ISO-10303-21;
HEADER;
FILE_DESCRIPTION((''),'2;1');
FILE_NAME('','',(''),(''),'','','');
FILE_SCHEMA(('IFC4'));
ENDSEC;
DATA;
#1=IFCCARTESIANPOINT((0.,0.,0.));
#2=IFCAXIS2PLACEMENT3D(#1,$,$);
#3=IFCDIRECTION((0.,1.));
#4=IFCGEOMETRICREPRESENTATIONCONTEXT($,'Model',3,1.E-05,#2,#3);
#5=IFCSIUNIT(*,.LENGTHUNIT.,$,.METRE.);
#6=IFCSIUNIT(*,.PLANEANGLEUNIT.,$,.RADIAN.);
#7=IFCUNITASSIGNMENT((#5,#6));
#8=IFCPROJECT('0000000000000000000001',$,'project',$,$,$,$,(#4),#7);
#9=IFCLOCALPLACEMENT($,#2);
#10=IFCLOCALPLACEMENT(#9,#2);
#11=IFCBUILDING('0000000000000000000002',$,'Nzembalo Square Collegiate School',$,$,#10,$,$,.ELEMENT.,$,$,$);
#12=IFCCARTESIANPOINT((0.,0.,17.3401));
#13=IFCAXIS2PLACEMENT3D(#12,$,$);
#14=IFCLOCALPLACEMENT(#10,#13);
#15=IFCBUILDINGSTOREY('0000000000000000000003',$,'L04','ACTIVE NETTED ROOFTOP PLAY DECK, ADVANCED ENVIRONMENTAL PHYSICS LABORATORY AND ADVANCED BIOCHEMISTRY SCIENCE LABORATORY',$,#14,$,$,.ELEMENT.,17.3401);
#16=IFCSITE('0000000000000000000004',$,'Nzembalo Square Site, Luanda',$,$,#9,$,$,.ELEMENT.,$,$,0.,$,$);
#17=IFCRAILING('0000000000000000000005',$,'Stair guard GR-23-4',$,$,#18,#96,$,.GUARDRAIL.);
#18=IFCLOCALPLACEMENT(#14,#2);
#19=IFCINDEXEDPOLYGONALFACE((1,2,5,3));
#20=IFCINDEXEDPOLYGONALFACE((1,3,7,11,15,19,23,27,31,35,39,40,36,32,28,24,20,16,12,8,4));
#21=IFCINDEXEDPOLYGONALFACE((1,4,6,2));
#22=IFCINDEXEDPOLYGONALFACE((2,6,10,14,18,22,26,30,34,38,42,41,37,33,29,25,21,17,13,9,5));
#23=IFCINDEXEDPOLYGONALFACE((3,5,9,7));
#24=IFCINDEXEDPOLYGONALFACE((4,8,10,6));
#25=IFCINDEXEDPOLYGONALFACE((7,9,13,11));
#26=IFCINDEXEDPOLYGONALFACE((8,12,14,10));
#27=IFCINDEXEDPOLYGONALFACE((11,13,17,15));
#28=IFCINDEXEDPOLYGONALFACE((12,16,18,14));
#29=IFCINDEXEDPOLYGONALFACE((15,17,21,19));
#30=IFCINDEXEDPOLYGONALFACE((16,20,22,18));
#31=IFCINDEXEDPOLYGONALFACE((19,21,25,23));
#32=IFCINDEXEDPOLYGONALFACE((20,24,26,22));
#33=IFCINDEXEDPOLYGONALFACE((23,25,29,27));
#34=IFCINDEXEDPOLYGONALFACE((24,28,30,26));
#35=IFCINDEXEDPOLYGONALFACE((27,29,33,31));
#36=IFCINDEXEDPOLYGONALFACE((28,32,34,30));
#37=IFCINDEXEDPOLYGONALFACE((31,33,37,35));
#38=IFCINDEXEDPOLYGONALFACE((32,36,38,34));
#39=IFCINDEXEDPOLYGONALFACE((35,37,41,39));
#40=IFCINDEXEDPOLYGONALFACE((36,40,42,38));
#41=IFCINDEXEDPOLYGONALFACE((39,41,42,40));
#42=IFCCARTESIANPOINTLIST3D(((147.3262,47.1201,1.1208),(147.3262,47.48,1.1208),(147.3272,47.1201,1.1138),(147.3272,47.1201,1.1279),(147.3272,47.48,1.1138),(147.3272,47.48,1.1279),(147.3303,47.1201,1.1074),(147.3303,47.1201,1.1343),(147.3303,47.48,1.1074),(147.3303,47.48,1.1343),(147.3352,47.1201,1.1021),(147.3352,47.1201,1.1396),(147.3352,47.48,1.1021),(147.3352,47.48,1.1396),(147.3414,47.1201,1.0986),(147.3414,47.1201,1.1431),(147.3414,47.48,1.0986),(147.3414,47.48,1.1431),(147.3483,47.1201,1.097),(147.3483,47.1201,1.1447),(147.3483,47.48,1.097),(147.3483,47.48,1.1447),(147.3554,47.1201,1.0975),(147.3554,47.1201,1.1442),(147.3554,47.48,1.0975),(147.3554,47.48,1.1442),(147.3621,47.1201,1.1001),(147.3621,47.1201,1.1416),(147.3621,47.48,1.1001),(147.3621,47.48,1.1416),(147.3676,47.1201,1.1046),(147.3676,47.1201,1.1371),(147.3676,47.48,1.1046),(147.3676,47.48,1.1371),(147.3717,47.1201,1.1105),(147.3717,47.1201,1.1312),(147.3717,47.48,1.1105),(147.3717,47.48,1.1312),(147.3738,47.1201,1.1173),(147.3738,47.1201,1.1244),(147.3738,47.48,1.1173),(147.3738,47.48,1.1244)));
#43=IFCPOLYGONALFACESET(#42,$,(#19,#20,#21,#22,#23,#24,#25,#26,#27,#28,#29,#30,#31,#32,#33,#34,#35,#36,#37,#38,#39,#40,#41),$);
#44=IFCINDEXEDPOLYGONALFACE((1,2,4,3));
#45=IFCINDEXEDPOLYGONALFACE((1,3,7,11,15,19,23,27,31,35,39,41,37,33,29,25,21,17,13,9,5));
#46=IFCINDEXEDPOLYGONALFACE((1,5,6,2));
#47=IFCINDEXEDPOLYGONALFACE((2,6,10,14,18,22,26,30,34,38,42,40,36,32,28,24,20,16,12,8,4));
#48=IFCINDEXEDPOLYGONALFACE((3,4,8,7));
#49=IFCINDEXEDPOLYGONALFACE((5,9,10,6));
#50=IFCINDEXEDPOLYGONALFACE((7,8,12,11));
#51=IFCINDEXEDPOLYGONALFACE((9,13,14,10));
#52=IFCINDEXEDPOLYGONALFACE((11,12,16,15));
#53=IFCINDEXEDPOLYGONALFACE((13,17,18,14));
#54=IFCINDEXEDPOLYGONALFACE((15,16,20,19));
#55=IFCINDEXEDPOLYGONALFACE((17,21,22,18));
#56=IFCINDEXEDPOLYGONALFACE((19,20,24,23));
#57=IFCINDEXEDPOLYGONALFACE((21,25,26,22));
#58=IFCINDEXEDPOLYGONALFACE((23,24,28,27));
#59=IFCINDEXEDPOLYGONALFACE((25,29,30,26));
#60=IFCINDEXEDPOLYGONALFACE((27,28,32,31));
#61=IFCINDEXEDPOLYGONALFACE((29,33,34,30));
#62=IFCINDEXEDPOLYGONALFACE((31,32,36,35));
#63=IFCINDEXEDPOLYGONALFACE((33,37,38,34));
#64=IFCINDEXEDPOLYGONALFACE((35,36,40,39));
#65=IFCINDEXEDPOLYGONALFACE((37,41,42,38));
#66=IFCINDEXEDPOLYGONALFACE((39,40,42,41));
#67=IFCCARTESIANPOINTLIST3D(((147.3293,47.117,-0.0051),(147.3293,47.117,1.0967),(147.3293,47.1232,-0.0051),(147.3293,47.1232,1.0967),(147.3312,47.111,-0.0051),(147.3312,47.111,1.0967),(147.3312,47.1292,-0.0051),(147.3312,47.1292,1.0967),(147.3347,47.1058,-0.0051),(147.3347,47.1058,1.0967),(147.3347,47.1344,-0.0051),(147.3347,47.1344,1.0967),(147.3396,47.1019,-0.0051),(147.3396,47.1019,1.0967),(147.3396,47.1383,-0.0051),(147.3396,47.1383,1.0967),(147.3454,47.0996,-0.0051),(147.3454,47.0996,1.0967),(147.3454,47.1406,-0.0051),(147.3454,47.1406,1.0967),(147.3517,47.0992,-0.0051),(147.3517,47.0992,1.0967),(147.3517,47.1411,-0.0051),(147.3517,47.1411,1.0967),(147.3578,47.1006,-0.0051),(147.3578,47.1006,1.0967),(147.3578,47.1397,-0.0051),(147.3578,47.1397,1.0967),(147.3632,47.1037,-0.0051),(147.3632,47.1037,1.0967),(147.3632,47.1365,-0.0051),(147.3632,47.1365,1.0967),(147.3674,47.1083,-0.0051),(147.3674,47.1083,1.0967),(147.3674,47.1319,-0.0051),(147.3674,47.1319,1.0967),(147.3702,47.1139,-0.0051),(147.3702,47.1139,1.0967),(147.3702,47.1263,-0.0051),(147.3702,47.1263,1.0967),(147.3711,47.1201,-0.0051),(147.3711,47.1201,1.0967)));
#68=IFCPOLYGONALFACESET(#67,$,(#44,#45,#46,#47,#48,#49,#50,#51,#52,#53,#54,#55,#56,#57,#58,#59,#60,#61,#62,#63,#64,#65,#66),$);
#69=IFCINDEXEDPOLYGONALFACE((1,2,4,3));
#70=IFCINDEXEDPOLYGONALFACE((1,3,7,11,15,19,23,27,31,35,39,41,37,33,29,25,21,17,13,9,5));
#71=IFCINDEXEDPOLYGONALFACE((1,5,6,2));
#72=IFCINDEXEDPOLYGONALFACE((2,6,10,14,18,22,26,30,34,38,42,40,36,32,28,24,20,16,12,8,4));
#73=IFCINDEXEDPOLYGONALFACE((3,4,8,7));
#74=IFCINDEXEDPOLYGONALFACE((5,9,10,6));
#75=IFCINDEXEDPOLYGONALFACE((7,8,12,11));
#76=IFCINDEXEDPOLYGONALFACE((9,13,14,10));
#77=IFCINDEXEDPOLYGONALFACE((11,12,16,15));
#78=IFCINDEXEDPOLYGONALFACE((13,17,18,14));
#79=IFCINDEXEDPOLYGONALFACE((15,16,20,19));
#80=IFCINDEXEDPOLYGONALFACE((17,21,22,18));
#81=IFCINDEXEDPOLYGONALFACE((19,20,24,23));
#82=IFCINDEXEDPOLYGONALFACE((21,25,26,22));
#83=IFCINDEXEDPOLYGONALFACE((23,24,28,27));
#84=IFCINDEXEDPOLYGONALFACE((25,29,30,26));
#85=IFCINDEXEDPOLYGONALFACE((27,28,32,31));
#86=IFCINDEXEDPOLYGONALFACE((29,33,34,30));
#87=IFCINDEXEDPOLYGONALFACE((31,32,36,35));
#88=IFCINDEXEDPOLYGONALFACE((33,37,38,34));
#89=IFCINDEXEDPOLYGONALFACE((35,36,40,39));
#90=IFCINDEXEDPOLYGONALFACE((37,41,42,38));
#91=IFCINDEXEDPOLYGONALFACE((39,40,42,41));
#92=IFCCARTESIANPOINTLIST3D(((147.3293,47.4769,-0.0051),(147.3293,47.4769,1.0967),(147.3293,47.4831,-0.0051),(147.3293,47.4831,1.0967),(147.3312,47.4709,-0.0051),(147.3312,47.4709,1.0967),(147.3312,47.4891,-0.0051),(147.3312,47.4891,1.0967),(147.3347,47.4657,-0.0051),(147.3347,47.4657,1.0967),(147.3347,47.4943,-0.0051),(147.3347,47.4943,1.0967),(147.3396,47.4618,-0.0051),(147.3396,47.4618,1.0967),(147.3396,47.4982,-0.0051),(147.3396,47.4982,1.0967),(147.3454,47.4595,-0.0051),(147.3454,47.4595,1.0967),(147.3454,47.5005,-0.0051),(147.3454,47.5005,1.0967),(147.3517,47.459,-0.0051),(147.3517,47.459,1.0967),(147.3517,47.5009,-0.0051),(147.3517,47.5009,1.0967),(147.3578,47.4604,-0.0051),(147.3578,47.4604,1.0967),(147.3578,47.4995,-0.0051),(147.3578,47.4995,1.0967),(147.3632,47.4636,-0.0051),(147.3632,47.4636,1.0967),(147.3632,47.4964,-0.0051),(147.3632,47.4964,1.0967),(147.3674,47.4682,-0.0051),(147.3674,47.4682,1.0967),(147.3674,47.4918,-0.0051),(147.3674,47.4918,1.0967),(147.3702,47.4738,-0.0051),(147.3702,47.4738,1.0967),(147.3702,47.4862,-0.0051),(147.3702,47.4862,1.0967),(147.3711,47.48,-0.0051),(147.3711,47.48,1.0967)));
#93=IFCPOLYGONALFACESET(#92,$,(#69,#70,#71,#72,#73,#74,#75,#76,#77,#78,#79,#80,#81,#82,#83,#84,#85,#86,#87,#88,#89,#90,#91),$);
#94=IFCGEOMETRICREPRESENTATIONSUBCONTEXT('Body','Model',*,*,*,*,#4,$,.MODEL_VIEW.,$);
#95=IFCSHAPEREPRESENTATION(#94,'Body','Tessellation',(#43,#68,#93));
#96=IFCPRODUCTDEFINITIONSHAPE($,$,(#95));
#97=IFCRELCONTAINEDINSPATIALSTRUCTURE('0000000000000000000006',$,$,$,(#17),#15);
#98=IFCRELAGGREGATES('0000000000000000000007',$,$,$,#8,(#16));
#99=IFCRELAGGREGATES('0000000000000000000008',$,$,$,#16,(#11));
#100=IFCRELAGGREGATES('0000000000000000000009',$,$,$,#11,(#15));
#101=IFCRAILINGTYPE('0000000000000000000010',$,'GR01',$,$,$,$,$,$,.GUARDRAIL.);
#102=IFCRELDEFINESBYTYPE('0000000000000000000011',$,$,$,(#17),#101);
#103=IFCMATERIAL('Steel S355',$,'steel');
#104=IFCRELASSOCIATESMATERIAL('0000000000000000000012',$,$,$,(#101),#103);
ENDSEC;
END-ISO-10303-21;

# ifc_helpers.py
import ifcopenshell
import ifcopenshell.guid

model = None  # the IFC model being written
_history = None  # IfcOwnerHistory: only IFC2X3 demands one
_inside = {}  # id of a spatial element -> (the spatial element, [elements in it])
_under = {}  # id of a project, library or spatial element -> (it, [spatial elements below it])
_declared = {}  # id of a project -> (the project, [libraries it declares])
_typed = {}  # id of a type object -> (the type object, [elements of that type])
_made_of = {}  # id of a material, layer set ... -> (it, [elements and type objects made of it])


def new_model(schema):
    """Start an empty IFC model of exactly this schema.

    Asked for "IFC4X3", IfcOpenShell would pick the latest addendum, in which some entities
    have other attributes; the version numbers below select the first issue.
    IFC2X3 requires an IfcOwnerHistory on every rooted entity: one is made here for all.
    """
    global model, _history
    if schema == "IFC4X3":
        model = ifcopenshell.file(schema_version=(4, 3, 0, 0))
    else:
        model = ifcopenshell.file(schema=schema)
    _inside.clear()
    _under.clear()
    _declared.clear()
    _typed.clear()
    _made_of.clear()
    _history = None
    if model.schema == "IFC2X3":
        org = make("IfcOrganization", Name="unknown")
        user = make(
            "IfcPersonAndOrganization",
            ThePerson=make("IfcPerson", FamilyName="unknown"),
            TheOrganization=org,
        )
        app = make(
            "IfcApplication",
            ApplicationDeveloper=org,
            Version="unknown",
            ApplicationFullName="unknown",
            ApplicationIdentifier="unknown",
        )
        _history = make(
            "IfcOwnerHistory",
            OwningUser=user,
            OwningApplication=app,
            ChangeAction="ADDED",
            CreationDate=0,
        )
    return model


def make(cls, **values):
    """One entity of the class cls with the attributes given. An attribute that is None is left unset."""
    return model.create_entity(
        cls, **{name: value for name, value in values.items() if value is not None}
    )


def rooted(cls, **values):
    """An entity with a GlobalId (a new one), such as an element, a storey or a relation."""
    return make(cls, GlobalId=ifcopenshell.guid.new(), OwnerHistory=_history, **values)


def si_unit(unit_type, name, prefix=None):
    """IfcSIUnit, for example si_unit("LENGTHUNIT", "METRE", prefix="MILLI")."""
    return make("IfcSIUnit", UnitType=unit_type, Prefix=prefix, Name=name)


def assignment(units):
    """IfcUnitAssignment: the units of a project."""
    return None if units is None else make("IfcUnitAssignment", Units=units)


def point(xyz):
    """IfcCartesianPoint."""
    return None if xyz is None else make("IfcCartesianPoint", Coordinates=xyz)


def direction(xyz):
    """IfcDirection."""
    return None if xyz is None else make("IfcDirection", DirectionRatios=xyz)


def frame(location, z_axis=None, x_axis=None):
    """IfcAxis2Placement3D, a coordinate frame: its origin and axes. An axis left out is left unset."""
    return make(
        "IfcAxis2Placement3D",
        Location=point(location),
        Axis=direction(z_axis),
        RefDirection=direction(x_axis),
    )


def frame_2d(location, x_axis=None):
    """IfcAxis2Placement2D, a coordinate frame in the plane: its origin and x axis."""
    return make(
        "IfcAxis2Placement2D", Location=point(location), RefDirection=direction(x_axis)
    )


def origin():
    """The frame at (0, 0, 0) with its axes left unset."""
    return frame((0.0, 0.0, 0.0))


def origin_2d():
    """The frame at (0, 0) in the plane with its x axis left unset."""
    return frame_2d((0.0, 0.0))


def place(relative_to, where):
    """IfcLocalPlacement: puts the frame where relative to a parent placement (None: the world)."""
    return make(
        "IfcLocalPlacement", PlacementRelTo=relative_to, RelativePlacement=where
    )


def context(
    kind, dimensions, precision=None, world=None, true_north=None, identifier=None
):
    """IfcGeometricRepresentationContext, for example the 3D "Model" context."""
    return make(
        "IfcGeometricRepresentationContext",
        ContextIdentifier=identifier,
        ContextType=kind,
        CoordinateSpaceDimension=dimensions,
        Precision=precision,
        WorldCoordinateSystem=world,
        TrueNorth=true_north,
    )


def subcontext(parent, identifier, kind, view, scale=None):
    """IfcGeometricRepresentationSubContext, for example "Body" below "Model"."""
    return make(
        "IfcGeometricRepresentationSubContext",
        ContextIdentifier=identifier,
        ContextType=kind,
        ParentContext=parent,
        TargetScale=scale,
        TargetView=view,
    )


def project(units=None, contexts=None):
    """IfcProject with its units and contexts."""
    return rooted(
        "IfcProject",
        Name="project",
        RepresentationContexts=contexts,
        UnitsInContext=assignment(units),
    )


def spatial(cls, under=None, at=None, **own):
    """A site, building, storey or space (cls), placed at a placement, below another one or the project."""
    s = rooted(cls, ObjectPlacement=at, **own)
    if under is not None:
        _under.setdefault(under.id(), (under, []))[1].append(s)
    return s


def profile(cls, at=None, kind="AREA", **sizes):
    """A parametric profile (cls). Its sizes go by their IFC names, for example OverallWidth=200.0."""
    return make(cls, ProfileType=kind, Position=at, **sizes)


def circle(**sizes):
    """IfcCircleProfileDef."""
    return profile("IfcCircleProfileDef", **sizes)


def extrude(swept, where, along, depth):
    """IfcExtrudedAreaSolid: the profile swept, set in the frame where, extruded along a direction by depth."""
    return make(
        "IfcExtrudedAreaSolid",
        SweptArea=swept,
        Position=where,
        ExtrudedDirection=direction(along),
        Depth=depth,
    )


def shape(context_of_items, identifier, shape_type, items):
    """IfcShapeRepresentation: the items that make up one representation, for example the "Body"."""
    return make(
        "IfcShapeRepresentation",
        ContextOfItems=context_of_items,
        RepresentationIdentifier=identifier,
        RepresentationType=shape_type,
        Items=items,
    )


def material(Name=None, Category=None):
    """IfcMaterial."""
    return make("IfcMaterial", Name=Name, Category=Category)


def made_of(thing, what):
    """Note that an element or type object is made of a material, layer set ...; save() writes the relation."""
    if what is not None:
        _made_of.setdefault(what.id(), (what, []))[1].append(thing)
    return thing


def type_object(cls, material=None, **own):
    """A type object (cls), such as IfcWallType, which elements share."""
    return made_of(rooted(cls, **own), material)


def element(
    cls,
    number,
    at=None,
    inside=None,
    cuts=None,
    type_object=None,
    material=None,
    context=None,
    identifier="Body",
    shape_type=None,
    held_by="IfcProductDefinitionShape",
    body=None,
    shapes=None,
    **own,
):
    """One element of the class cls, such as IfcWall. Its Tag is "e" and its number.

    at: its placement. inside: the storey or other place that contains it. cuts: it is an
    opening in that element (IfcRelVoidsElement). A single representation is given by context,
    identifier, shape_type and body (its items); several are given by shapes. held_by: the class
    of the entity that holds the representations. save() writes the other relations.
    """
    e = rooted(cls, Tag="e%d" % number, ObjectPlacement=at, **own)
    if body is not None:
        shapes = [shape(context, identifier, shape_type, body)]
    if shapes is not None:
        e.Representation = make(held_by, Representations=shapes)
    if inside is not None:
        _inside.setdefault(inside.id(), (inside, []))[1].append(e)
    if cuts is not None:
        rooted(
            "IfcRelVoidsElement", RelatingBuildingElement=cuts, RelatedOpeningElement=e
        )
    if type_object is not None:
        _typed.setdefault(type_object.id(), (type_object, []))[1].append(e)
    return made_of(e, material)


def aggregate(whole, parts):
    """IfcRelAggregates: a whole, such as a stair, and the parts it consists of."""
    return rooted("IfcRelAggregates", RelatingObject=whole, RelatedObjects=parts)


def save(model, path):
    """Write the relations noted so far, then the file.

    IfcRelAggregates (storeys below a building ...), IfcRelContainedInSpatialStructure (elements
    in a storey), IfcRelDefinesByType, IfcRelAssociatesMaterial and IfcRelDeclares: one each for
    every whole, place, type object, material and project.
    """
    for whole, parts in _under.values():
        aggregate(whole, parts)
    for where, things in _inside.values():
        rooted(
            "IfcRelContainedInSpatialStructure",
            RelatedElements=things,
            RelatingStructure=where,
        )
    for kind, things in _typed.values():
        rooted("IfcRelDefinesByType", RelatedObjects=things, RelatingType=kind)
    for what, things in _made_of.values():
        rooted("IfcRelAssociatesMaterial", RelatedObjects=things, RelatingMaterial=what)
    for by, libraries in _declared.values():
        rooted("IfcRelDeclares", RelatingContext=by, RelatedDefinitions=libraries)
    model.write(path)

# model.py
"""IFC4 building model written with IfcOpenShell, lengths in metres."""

from ifc_helpers import new_model, si_unit, direction, frame, origin, origin_2d, place, context, subcontext, project, spatial, circle, extrude, material, type_object, element, save


model = new_model("IFC4")

# Units and contexts
model_context = context("Model", 3, precision=1e-05, world=origin(), true_north=direction((0.0, 1.0)))
body_context = subcontext(model_context, "Body", "Model", "MODEL_VIEW")
ifc_project = project(units=[si_unit("LENGTHUNIT", "METRE"), si_unit("PLANEANGLEUNIT", "RADIAN")], contexts=[model_context])

# Site, building, storey
site_placement = place(None, origin())
site = spatial("IfcSite", under=ifc_project, at=site_placement, Name="Nzembalo Square Site, Luanda", CompositionType="ELEMENT", RefElevation=0.0)
building_placement = place(site_placement, origin())
building = spatial("IfcBuilding", under=site, at=building_placement, Name="Nzembalo Square Collegiate School", CompositionType="ELEMENT")
storey_placement = place(building_placement, frame((0.0, 0.0, 17.3401)))
storey = spatial("IfcBuildingStorey", under=building, at=storey_placement, Name="L04", Description="ACTIVE NETTED ROOFTOP PLAY DECK, ADVANCED ENVIRONMENTAL PHYSICS LABORATORY AND ADVANCED BIOCHEMISTRY SCIENCE LABORATORY", CompositionType="ELEMENT", Elevation=17.3401)

# Railing
ifc_material_1 = material(Name="Steel S355", Category="steel")
railing_type_1 = type_object("IfcRailingType", Name="GR01", PredefinedType="GUARDRAIL", material=ifc_material_1)
railing_1_placement = place(storey_placement, frame((147.3501, 47.1201, -0.0051)))
element("IfcRailing", 1, at=railing_1_placement, inside=storey, type_object=railing_type_1, Name="Stair guard GR-23-4", PredefinedType="GUARDRAIL", context=body_context, shape_type="SweptSolid", body=[
    extrude(circle(Radius=0.0239, at=origin_2d()), frame((0.0, 0.0, 1.126), z_axis=(0.0, 1.0, 0.0), x_axis=(-1.0, 0.0, 0.0)), (0.0, 0.0, 1.0), 0.3599),
    extrude(circle(Radius=0.021, at=origin_2d()), origin(), (0.0, 0.0, 1.0), 1.1018),
    extrude(circle(Radius=0.021, at=origin_2d()), frame((0.0, 0.3599, 0.0)), (0.0, 0.0, 1.0), 1.1018),
])

save(model, "model.ifc")
